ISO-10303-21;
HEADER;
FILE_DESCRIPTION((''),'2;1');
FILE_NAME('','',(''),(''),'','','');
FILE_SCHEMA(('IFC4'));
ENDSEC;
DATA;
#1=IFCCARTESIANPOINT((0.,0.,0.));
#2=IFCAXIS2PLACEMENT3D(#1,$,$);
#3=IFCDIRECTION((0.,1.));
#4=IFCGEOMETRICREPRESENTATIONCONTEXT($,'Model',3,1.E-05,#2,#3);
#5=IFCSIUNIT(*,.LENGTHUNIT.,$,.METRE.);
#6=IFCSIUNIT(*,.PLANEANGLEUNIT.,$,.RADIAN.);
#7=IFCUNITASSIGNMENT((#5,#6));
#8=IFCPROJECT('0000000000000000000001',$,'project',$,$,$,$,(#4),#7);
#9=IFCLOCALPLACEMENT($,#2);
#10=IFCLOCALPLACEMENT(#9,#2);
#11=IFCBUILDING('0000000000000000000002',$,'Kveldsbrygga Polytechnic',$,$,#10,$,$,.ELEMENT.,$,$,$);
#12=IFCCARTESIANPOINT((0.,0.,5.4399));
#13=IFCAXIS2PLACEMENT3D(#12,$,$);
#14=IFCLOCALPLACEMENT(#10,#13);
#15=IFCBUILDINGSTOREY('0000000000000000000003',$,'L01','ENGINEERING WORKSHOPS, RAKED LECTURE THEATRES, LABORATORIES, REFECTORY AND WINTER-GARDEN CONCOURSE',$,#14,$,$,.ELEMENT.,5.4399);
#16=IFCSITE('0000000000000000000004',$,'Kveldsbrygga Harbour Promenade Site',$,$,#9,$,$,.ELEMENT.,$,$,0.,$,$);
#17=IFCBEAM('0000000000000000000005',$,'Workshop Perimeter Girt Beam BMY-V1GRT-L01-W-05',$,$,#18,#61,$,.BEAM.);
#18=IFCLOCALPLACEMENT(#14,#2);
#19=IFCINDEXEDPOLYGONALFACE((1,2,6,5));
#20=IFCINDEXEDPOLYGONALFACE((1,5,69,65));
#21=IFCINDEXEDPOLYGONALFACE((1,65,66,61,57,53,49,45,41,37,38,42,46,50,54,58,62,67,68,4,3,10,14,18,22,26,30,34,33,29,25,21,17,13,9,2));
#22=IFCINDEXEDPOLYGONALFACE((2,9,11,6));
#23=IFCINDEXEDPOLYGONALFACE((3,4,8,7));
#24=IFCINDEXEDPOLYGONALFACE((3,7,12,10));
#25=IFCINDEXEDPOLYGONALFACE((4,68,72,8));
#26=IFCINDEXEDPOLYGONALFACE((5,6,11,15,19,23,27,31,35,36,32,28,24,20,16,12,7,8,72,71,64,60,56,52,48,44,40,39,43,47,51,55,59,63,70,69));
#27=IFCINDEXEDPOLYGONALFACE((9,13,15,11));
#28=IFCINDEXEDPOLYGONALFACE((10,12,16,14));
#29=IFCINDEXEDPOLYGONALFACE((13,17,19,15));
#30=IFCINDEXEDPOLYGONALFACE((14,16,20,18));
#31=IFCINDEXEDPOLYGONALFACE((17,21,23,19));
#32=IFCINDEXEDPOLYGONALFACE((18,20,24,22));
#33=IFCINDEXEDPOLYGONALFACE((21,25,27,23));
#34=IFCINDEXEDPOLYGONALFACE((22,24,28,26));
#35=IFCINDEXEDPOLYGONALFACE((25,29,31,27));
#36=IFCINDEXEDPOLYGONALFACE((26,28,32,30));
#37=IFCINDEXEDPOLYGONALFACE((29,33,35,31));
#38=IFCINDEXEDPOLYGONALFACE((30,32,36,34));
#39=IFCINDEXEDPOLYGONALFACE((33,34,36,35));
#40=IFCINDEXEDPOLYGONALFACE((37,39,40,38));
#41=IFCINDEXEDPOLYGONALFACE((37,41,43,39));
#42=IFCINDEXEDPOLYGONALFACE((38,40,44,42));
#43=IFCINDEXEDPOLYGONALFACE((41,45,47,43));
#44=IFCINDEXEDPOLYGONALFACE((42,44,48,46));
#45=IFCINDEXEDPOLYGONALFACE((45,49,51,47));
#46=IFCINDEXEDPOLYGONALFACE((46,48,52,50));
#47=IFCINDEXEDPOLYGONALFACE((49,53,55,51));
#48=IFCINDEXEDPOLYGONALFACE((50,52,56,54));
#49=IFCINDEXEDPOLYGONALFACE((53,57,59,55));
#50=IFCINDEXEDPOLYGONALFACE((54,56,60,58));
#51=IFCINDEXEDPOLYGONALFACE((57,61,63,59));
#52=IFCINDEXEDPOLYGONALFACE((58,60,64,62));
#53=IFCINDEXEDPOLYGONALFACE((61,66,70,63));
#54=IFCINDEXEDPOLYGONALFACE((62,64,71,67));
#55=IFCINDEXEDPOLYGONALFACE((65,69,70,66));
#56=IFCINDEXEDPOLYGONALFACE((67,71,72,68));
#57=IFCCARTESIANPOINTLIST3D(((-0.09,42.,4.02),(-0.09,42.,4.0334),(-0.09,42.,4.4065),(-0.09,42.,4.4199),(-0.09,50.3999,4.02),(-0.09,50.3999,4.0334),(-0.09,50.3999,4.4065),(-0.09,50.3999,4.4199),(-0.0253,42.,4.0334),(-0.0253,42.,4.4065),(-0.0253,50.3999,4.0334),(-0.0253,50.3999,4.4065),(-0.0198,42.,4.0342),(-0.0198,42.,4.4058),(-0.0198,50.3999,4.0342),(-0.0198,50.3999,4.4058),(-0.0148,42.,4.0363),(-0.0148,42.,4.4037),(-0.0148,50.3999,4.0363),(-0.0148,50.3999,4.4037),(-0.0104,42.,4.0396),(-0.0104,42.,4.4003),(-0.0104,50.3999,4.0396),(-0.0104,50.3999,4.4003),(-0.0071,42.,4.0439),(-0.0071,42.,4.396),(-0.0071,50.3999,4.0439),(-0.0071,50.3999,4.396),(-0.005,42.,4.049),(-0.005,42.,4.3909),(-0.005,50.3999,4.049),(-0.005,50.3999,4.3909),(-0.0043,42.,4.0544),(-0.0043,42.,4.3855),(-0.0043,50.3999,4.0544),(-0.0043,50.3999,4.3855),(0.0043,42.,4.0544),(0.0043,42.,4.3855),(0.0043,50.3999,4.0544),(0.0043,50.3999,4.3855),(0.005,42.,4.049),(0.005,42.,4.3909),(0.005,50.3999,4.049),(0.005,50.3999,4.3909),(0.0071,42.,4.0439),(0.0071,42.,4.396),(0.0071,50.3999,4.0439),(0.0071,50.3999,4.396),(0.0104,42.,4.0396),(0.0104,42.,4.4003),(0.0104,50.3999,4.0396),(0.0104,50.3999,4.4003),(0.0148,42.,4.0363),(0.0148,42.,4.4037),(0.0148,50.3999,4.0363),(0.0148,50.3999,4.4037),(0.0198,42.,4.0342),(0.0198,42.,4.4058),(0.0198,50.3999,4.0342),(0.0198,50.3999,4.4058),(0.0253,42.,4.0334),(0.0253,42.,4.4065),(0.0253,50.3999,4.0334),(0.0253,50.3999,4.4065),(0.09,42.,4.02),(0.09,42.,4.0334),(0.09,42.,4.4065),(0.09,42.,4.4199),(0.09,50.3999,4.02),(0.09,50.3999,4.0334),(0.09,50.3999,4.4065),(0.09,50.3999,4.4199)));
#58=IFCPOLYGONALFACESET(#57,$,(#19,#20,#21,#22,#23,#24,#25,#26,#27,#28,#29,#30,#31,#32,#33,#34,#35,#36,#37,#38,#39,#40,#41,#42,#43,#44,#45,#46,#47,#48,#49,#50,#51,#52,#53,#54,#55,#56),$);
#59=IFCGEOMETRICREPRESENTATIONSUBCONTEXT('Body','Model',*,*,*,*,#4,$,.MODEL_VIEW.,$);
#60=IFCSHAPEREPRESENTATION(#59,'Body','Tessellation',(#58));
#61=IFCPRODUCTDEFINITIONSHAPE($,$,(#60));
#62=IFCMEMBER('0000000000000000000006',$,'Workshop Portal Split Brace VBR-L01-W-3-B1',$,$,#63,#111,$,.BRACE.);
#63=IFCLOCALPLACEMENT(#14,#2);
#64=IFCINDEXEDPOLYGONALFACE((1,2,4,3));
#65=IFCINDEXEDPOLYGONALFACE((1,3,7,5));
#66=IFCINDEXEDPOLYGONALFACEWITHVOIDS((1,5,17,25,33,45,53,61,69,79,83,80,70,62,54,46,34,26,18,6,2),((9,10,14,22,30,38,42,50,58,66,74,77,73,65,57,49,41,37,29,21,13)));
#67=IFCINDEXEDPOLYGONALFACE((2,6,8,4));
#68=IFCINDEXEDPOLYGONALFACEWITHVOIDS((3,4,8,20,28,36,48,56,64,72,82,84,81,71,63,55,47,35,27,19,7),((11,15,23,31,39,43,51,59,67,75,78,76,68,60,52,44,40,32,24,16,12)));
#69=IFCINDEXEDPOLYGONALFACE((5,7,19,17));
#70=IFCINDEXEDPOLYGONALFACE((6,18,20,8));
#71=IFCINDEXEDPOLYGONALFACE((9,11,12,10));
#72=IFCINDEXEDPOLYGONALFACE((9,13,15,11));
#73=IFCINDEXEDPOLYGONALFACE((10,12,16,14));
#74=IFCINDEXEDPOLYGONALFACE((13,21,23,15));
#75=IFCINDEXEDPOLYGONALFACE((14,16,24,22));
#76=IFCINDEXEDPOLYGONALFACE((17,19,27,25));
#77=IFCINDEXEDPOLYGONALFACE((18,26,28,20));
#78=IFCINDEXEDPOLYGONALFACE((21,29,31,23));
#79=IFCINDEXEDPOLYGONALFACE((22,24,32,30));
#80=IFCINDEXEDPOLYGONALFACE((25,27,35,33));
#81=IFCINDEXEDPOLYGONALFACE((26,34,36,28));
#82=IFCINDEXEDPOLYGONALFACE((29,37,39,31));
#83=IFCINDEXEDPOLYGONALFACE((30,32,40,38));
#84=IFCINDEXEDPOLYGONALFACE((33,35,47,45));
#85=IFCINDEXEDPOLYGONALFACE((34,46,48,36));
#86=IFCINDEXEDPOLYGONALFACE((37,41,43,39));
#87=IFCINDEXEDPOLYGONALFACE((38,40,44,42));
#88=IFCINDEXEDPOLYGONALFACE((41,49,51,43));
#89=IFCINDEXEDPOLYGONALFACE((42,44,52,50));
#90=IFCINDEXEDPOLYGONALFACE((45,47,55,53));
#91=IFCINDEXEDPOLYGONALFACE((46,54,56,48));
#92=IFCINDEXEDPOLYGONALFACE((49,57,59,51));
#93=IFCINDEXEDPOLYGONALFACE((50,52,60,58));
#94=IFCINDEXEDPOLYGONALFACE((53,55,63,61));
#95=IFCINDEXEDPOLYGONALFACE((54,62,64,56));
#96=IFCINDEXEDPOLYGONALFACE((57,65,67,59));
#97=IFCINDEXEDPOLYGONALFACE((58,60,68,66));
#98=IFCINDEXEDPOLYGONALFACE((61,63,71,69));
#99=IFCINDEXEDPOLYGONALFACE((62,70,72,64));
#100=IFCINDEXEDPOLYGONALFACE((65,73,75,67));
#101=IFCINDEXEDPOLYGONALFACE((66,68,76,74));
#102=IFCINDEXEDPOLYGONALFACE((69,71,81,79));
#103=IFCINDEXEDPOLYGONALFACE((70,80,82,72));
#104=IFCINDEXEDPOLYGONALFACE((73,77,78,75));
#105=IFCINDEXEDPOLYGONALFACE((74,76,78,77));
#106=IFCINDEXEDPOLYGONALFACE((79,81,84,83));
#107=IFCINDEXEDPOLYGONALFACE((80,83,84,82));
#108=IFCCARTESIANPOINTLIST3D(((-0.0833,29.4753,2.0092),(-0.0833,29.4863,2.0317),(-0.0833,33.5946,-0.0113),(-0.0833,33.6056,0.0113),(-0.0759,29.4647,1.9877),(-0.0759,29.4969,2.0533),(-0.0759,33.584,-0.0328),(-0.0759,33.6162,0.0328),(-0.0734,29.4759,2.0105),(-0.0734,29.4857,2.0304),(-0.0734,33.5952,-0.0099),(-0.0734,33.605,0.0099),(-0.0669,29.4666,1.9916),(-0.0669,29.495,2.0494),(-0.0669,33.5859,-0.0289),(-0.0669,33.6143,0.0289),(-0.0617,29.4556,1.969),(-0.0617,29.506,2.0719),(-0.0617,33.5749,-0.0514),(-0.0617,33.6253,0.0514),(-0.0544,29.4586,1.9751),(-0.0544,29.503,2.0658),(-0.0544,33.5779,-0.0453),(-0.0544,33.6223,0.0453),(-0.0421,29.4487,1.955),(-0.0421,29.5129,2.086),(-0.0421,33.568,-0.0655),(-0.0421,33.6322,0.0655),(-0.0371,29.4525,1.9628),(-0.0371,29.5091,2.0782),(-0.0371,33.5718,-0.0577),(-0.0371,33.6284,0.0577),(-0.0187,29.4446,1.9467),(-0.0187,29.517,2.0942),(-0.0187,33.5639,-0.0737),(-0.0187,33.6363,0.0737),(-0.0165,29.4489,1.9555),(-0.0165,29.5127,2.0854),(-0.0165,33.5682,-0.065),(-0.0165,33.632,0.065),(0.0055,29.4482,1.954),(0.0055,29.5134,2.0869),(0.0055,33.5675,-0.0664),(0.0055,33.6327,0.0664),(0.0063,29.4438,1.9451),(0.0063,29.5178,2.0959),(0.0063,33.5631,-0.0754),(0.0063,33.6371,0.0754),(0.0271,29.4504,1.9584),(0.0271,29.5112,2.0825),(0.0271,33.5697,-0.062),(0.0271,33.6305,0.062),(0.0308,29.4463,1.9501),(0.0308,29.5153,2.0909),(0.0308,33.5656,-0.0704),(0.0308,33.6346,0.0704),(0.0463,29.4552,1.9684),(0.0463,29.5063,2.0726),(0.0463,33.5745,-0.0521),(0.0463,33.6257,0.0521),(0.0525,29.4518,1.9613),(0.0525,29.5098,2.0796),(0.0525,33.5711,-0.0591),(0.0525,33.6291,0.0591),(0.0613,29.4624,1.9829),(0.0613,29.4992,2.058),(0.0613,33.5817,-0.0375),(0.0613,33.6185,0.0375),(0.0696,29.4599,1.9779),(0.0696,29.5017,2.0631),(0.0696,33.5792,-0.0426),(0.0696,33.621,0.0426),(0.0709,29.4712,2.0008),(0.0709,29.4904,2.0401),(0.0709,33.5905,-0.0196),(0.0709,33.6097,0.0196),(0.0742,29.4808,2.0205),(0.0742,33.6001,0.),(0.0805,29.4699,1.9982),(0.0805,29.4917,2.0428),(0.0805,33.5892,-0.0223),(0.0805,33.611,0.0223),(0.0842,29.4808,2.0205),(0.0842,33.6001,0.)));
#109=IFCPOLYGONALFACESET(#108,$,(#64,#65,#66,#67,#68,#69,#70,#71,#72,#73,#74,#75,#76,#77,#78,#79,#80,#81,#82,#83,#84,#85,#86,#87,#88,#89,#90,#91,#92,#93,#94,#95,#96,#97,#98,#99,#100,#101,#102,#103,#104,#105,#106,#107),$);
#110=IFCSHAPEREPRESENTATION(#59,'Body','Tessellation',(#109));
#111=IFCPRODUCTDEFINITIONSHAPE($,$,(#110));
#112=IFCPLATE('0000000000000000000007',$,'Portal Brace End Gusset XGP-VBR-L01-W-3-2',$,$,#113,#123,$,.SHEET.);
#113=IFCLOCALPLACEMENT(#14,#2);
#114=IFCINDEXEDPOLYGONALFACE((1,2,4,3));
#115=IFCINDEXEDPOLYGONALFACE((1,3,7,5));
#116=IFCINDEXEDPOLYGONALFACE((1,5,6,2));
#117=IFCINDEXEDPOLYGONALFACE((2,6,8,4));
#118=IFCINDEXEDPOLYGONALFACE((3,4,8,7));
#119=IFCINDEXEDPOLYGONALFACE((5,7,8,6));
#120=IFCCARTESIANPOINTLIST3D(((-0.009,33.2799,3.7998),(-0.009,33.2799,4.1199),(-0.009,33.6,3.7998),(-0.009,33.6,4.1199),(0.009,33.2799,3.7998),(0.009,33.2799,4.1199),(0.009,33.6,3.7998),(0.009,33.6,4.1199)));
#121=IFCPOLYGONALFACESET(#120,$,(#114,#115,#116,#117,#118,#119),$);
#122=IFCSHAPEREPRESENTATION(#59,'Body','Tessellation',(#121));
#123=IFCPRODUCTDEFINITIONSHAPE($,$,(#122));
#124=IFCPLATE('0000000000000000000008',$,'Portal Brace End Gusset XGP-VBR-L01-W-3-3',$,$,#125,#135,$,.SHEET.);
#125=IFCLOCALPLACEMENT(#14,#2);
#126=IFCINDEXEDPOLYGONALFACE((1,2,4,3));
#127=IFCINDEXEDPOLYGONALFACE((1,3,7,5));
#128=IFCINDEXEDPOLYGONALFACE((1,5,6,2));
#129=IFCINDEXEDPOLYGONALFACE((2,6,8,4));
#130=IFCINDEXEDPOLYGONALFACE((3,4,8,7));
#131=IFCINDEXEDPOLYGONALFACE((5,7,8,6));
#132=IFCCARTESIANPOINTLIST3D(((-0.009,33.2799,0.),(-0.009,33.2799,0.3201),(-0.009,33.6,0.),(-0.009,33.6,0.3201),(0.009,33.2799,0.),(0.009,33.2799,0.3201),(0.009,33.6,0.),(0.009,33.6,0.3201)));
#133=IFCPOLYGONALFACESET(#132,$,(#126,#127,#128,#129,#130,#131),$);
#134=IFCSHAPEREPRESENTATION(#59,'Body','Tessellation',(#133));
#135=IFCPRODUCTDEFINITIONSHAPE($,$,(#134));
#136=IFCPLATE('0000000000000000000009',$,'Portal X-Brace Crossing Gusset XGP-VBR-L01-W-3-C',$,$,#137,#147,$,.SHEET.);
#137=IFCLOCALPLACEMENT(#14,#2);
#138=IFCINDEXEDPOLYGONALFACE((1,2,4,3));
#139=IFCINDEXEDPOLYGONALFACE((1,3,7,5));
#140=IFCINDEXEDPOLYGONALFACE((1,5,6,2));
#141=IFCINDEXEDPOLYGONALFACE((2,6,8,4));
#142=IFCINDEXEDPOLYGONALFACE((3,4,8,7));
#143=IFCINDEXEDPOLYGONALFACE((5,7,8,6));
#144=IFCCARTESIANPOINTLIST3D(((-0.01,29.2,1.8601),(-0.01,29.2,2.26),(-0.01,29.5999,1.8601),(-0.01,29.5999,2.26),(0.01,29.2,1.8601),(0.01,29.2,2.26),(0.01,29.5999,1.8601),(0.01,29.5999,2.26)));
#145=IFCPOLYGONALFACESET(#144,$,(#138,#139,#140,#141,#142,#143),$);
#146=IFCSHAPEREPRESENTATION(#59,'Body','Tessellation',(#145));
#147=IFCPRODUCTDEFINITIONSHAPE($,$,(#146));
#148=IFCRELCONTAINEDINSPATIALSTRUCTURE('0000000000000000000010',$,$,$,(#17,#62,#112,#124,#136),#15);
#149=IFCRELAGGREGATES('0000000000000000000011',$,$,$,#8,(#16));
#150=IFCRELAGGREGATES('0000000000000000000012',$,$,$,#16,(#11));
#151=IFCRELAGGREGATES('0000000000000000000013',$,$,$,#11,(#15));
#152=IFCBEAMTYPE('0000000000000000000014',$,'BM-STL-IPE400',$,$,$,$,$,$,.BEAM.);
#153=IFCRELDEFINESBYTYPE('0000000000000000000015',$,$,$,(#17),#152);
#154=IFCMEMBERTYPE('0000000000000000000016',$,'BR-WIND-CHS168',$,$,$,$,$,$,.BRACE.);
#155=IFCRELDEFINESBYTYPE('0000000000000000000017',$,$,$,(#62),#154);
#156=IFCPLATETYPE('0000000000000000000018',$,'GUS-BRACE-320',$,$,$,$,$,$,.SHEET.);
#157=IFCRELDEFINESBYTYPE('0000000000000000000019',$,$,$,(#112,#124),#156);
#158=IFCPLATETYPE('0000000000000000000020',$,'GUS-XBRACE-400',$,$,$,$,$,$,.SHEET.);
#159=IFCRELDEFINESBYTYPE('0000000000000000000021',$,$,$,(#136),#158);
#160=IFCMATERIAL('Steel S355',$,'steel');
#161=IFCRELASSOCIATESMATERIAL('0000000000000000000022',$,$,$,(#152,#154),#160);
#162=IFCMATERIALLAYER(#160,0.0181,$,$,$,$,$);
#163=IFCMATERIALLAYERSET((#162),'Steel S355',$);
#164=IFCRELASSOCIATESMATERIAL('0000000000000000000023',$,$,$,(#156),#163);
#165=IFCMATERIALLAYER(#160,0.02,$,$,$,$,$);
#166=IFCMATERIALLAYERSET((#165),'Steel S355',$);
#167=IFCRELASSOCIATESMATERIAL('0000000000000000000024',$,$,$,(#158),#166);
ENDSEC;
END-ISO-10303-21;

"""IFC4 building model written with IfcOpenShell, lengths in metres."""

from ifc_helpers import new_model, si_unit, direction, frame, origin, origin_2d, place, context, subcontext, project, spatial, rectangle, hollow_circle, i_section, extrude, material, layer, layer_set, material_profile, profile_set, type_object, element, save


model = new_model("IFC4")

# Units and contexts
model_context = context("Model", 3, precision=1e-05, world=origin(), true_north=direction((0.0, 1.0)))
body_context = subcontext(model_context, "Body", "Model", "MODEL_VIEW")
ifc_project = project(units=[si_unit("LENGTHUNIT", "METRE"), si_unit("PLANEANGLEUNIT", "RADIAN")], contexts=[model_context])

# Site, building, storey
site_placement = place(None, origin())
site = spatial("IfcSite", under=ifc_project, at=site_placement, Name="Kveldsbrygga Harbour Promenade Site", CompositionType="ELEMENT", RefElevation=0.0)
building_placement = place(site_placement, origin())
building = spatial("IfcBuilding", under=site, at=building_placement, Name="Kveldsbrygga Polytechnic", CompositionType="ELEMENT")
storey_placement = place(building_placement, frame((0.0, 0.0, 5.4399)))
storey = spatial("IfcBuildingStorey", under=building, at=storey_placement, Name="L01", Description="ENGINEERING WORKSHOPS, RAKED LECTURE THEATRES, LABORATORIES, REFECTORY AND WINTER-GARDEN CONCOURSE", CompositionType="ELEMENT", Elevation=5.4399)

# Beam
ifc_material_1 = material(Name="Steel S355", Category="steel")
ifc_material_profile_1 = material_profile(ifc_material_1, i_section(OverallWidth=0.1799, OverallDepth=0.3999, WebThickness=0.0085, FlangeThickness=0.0134, FilletRadius=0.021, at=origin_2d()), Name="IPE 400")
ifc_profile_set_1 = profile_set([ifc_material_profile_1], Name="Steel S355")
beam_type_1 = type_object("IfcBeamType", Name="BM-STL-IPE400", PredefinedType="BEAM", material=ifc_profile_set_1)
for number, where, z_axis, x_axis, name in (
    (1, (0.0, 42.0, 4.22), (0.0, 1.0, 0.0), (-1.0, 0.0, 0.0), "Workshop Perimeter Girt Beam BMY-V1GRT-L01-W-05"),
):
    element("IfcBeam", number, at=place(storey_placement, frame(where, z_axis=z_axis, x_axis=x_axis)), inside=storey, type_object=beam_type_1, Name=name, PredefinedType="BEAM", context=body_context, shape_type="SweptSolid", body=[
        extrude(i_section(OverallWidth=0.1799, OverallDepth=0.3999, WebThickness=0.0085, FlangeThickness=0.0134, FilletRadius=0.021, at=origin_2d()), origin(), (0.0, 0.0, 1.0), 8.3999),
    ])

# Member
ifc_material_profile_2 = material_profile(ifc_material_1, hollow_circle(Radius=0.0842, WallThickness=0.01, at=origin_2d()), Name="CHS 168.3x10.0")
ifc_profile_set_2 = profile_set([ifc_material_profile_2], Name="Steel S355")
member_type = type_object("IfcMemberType", Name="BR-WIND-CHS168", PredefinedType="BRACE", material=ifc_profile_set_2)
member_placement = place(storey_placement, frame((0.0, 33.6001, 0.0), z_axis=(0.0, -0.897817, 0.440368), x_axis=(1.0, 0.0, 0.0)))
element("IfcMember", 2, at=member_placement, inside=storey, type_object=member_type, Name="Workshop Portal Split Brace VBR-L01-W-3-B1", PredefinedType="BRACE", context=body_context, shape_type="SweptSolid", body=[
    extrude(hollow_circle(Radius=0.0842, WallThickness=0.01, at=origin_2d()), origin(), (0.0, 0.0, 1.0), 4.5881),
])

# Plates
ifc_layer_1 = layer(ifc_material_1, 0.0181)
ifc_layer_set_1 = layer_set([ifc_layer_1], Name="Steel S355")
plate_type_1 = type_object("IfcPlateType", Name="GUS-BRACE-320", PredefinedType="SHEET", material=ifc_layer_set_1)
for number, where, z_axis, x_axis, name in (
    (3, (0.0, 33.4399, 3.7998), (0.0, 0.0, 1.0), (1.0, 0.0, 0.0), "Portal Brace End Gusset XGP-VBR-L01-W-3-2"),
    (4, (0.0, 33.4399, 0.0), (0.0, 0.0, 1.0), (1.0, 0.0, 0.0), "Portal Brace End Gusset XGP-VBR-L01-W-3-3"),
):
    element("IfcPlate", number, at=place(storey_placement, frame(where, z_axis=z_axis, x_axis=x_axis)), inside=storey, type_object=plate_type_1, Name=name, PredefinedType="SHEET", context=body_context, shape_type="SweptSolid", body=[
        extrude(rectangle(XDim=0.0181, YDim=0.3201, at=origin_2d()), origin(), (0.0, 0.0, 1.0), 0.3201),
    ])
ifc_layer_2 = layer(ifc_material_1, 0.02)
ifc_layer_set_2 = layer_set([ifc_layer_2], Name="Steel S355")
plate_type_2 = type_object("IfcPlateType", Name="GUS-XBRACE-400", PredefinedType="SHEET", material=ifc_layer_set_2)
plate_placement = place(storey_placement, frame((0.0, 29.3999, 1.8601), z_axis=(0.0, 0.0, 1.0), x_axis=(1.0, 0.0, 0.0)))
element("IfcPlate", 5, at=plate_placement, inside=storey, type_object=plate_type_2, Name="Portal X-Brace Crossing Gusset XGP-VBR-L01-W-3-C", PredefinedType="SHEET", context=body_context, shape_type="SweptSolid", body=[
    extrude(rectangle(XDim=0.02, YDim=0.3999, at=origin_2d()), origin(), (0.0, 0.0, 1.0), 0.3999),
])

save(model, "model.ifc")
